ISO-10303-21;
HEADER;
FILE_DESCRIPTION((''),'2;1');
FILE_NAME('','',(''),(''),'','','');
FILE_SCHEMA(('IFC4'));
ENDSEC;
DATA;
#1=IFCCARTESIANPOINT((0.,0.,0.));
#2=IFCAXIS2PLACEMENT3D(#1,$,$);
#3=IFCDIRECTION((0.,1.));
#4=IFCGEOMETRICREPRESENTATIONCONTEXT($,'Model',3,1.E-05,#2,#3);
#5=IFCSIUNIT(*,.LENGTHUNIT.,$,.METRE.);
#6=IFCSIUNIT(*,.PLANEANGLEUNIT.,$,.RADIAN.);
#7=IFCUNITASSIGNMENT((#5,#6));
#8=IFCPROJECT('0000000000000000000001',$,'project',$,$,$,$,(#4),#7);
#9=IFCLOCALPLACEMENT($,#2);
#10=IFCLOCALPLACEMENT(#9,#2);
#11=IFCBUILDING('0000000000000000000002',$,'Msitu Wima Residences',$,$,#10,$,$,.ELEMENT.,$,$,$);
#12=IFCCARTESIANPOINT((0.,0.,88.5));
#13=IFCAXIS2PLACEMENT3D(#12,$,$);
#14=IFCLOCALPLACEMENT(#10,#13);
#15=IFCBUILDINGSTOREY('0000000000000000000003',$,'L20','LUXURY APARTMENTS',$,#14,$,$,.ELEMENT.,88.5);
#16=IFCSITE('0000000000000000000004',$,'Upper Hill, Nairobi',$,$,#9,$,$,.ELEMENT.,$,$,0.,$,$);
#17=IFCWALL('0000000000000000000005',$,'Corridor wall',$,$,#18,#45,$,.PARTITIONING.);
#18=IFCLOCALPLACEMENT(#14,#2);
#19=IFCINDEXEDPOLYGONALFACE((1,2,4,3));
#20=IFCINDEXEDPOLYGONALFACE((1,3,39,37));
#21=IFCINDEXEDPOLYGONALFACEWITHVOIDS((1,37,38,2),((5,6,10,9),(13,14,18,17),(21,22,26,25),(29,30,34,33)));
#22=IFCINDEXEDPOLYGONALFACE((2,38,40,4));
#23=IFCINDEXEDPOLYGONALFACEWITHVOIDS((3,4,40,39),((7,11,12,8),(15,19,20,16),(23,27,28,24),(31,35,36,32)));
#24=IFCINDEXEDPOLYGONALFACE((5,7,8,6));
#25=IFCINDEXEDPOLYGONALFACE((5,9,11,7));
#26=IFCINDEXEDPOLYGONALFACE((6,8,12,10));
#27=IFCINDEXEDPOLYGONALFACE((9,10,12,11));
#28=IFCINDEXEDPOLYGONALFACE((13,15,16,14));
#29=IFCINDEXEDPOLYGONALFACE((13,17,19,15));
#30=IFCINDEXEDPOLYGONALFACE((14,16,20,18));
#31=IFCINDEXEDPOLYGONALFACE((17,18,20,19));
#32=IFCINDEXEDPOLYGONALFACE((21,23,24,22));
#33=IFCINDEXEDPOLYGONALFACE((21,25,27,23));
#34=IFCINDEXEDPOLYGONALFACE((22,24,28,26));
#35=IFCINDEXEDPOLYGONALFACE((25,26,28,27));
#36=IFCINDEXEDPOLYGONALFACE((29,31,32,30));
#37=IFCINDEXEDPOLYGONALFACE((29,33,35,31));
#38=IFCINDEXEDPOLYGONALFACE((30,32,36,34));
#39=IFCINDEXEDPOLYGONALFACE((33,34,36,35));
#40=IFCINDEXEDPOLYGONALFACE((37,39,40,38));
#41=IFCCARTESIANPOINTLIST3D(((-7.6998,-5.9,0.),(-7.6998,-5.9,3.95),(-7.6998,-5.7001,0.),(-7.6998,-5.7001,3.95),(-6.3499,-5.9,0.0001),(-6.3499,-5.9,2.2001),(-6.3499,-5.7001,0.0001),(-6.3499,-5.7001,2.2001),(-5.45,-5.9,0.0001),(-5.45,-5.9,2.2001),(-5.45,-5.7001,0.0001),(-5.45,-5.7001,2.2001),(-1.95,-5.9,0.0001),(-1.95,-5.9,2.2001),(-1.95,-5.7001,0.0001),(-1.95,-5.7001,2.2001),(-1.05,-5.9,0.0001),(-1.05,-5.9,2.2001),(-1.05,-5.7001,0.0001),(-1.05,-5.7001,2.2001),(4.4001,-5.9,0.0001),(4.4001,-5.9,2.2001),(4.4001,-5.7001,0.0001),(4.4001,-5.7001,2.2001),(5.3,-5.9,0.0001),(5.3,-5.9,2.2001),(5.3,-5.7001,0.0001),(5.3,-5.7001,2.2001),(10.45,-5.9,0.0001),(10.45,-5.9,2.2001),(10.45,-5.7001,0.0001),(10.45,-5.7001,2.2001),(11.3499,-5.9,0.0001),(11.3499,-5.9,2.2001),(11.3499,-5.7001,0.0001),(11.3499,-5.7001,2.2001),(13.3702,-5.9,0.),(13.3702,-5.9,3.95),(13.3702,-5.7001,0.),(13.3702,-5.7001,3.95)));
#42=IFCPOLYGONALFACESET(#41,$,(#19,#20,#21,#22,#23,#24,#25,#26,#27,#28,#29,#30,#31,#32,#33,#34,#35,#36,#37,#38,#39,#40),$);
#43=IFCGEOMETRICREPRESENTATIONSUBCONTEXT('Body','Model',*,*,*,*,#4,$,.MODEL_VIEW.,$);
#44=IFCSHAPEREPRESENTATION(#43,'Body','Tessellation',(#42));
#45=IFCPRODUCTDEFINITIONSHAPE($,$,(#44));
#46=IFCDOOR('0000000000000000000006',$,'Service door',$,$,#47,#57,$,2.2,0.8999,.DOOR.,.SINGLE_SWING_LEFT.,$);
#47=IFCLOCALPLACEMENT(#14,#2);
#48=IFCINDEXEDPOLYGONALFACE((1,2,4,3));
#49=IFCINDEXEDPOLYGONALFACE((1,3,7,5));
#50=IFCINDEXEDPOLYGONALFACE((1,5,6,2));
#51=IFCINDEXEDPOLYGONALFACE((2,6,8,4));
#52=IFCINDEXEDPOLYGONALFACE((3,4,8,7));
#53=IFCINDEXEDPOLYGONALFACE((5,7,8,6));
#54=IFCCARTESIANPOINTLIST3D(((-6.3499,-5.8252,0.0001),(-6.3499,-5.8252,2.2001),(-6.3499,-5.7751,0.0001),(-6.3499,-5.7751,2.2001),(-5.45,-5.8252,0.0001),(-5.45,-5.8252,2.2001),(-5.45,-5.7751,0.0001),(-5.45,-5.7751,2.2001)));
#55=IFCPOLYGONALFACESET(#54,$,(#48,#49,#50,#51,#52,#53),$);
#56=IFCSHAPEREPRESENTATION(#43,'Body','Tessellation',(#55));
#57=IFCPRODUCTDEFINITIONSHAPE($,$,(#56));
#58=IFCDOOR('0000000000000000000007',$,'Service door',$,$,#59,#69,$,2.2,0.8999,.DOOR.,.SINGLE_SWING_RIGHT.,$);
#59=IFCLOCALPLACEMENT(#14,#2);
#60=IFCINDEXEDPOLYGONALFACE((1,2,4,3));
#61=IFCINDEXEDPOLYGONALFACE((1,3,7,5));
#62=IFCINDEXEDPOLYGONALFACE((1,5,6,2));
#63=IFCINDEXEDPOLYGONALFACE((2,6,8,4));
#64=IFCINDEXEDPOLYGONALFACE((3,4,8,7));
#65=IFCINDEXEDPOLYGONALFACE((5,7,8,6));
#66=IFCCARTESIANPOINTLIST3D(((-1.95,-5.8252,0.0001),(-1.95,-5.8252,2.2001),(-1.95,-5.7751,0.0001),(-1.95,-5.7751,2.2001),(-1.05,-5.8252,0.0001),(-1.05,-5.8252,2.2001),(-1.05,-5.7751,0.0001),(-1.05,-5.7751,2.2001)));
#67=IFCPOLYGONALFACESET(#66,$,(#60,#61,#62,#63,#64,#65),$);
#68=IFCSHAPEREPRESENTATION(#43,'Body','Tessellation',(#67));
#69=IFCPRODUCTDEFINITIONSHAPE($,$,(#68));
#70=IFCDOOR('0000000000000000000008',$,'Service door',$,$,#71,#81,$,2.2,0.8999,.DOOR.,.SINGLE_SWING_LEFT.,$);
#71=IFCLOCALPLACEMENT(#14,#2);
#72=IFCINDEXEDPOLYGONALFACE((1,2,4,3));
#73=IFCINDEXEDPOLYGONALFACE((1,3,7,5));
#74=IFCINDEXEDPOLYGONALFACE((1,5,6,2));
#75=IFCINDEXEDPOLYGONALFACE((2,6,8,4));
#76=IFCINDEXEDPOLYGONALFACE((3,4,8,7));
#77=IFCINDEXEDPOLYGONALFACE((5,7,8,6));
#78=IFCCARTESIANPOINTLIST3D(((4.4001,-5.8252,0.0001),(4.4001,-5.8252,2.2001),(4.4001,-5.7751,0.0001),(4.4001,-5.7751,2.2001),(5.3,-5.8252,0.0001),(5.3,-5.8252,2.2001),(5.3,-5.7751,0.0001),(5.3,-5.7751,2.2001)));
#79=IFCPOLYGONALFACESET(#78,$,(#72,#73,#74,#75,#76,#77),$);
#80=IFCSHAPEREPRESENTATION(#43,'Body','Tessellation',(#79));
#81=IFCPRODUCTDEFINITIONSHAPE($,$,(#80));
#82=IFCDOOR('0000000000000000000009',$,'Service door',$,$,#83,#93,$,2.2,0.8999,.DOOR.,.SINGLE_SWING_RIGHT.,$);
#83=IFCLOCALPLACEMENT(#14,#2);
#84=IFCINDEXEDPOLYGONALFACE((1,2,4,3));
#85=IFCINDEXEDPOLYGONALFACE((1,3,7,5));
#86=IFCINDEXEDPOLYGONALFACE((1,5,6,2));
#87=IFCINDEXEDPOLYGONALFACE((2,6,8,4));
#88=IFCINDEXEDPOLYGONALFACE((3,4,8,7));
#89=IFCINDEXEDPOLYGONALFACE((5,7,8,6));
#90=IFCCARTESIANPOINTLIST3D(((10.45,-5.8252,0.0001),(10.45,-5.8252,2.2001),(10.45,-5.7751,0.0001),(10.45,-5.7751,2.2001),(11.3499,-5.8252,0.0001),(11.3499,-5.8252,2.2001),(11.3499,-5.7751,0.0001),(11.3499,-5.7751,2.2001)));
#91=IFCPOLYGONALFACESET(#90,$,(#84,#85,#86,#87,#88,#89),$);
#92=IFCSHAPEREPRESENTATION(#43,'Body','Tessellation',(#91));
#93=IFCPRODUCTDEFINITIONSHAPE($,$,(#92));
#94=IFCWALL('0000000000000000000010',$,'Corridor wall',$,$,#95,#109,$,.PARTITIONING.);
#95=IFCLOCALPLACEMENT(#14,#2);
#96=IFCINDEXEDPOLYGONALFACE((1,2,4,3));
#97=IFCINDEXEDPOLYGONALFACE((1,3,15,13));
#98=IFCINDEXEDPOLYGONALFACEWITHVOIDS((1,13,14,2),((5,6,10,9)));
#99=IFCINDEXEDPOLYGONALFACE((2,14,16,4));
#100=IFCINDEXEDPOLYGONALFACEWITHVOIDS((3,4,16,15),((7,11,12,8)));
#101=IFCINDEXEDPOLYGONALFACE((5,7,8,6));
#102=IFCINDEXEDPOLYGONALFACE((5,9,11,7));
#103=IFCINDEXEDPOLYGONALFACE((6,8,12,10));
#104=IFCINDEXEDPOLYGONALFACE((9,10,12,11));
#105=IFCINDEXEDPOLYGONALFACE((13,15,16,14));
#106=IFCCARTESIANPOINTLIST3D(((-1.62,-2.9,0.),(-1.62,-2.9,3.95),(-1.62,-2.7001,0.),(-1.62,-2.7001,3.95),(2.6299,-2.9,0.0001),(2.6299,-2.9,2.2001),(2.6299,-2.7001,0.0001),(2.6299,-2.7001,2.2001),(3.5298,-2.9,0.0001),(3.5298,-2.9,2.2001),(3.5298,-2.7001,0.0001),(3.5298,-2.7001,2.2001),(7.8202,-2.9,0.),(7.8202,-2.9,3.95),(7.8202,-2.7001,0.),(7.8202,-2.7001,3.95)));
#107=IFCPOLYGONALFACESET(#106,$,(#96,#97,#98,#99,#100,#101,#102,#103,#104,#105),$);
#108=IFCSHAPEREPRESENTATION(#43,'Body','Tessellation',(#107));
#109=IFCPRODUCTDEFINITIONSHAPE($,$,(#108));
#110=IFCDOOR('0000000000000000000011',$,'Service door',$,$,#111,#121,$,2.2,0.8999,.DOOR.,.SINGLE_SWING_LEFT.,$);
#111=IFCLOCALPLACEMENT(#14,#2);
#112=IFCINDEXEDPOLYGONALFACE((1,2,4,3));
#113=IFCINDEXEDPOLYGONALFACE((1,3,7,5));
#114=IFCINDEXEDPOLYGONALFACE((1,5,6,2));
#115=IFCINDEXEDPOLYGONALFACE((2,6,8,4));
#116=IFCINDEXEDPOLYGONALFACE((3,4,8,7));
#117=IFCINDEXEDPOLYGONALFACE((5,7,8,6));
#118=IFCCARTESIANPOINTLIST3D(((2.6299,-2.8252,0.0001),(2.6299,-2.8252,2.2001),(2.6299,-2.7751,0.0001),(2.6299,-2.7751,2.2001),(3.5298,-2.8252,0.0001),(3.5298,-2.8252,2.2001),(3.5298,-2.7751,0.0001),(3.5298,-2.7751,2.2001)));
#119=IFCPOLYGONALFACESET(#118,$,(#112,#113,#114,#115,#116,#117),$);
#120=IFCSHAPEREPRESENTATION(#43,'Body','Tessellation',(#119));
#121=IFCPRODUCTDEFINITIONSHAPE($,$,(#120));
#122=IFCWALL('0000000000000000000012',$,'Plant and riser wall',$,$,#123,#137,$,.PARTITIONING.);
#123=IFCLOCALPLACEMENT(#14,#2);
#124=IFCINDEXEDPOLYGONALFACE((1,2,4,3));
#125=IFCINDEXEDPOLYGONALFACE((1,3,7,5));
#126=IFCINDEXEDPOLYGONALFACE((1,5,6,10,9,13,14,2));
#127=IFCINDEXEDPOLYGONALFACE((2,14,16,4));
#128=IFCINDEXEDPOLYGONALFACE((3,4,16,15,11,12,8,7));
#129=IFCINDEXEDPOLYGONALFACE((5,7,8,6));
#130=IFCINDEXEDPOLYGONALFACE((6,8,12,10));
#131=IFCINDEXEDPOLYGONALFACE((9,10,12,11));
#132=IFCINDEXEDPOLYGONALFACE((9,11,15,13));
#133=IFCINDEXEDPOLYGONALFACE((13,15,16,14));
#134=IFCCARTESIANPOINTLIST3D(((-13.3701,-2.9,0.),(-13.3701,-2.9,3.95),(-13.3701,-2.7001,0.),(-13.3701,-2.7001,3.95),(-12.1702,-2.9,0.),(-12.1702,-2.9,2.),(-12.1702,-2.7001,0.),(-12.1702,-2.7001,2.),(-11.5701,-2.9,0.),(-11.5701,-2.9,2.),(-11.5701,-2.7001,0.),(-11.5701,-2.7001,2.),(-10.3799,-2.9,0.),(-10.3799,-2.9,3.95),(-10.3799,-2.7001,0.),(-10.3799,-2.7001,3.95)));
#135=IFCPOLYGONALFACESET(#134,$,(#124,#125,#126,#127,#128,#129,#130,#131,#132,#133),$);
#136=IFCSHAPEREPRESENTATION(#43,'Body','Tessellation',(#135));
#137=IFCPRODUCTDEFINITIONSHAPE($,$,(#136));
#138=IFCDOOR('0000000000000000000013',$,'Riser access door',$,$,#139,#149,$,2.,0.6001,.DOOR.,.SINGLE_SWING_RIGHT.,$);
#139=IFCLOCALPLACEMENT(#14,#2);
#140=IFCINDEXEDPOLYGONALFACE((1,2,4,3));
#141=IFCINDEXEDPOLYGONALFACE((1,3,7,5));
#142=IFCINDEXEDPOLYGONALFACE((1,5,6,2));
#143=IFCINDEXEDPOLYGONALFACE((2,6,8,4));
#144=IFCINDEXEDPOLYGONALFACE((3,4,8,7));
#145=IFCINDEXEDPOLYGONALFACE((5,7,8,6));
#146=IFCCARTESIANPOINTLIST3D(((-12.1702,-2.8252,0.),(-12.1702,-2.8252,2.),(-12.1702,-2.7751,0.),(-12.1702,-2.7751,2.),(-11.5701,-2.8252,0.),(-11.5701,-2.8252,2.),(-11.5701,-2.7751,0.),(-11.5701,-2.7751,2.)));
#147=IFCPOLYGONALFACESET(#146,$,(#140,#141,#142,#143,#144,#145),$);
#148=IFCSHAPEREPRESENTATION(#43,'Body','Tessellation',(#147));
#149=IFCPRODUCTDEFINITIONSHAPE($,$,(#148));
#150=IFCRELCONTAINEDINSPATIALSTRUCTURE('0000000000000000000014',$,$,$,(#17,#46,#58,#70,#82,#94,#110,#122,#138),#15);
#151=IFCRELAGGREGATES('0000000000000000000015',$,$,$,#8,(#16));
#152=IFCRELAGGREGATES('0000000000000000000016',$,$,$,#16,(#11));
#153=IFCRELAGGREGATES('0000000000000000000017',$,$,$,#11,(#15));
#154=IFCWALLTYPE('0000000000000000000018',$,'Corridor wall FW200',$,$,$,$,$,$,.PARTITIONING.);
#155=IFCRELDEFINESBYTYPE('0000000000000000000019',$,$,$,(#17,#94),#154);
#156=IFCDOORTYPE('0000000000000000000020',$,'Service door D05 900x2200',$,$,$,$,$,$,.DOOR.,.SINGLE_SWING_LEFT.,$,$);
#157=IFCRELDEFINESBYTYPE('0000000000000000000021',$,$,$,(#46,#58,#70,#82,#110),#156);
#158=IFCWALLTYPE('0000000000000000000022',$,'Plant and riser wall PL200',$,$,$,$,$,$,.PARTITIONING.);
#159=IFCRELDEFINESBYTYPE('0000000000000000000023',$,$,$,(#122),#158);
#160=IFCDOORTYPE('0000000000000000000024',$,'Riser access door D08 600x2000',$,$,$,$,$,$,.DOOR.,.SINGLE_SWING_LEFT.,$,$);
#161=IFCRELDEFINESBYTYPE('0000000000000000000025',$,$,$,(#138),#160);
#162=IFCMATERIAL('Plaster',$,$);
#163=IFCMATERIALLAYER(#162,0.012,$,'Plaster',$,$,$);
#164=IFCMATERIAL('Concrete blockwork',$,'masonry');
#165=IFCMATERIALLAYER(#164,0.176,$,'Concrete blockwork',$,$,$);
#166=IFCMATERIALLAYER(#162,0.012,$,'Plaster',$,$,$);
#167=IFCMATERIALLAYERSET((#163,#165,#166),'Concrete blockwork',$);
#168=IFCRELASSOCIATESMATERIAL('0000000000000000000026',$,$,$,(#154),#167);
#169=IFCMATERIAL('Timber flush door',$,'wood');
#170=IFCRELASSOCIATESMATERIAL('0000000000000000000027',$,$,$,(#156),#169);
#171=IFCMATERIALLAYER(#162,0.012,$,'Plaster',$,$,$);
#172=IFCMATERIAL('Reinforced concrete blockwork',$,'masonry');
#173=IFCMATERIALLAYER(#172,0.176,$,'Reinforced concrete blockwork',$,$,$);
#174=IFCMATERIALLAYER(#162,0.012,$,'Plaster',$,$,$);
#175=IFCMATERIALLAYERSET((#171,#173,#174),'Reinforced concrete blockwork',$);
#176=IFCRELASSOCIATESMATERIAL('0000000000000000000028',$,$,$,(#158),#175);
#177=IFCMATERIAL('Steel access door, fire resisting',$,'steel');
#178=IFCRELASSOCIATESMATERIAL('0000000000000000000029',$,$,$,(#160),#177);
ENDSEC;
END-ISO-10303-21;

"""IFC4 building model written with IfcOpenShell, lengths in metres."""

from ifc_helpers import new_model, si_unit, direction, frame, frame_2d, origin, place, context, subcontext, project, spatial, rectangle, extrude, material, layer, layer_set, type_object, element, fill, save


model = new_model("IFC4")

# Units and contexts
model_context = context("Model", 3, precision=1e-05, world=origin(), true_north=direction((0.0, 1.0)))
body_context = subcontext(model_context, "Body", "Model", "MODEL_VIEW")
ifc_project = project(units=[si_unit("LENGTHUNIT", "METRE"), si_unit("PLANEANGLEUNIT", "RADIAN")], contexts=[model_context])

# Site, building, storey
site_placement = place(None, origin())
site = spatial("IfcSite", under=ifc_project, at=site_placement, Name="Upper Hill, Nairobi", CompositionType="ELEMENT", RefElevation=0.0)
building_placement = place(site_placement, origin())
building = spatial("IfcBuilding", under=site, at=building_placement, Name="Msitu Wima Residences", CompositionType="ELEMENT")
storey_placement = place(building_placement, frame((0.0, 0.0, 88.5)))
storey = spatial("IfcBuildingStorey", under=building, at=storey_placement, Name="L20", Description="LUXURY APARTMENTS", CompositionType="ELEMENT", Elevation=88.5)

# Shared definitions
ifc_material_1 = material(Name="Plaster")
ifc_layer_1 = layer(ifc_material_1, 0.012, Name="Plaster")
ifc_material_2 = material(Name="Concrete blockwork", Category="masonry")
ifc_layer_2 = layer(ifc_material_2, 0.176, Name="Concrete blockwork")
ifc_layer_3 = layer(ifc_material_1, 0.012, Name="Plaster")
ifc_layer_set_1 = layer_set([ifc_layer_1, ifc_layer_2, ifc_layer_3], Name="Concrete blockwork")
wall_type_1 = type_object("IfcWallType", Name="Corridor wall FW200", PredefinedType="PARTITIONING", material=ifc_layer_set_1)

# Wall, openings, doors
wall_1_placement = place(storey_placement, frame((-7.7, -5.8, 0.0), z_axis=(0.0, 0.0, 1.0), x_axis=(1.0, 0.0, 0.0)))
wall_1 = element("IfcWall", 1, at=wall_1_placement, inside=storey, type_object=wall_type_1, Name="Corridor wall", PredefinedType="PARTITIONING", context=body_context, shape_type="SweptSolid", body=[
    extrude(rectangle(XDim=21.0701, YDim=0.2, at=frame_2d((10.5352, 0.0))), origin(), (0.0, 0.0, 1.0), 3.95),
])
opening_1_placement = place(wall_1_placement, frame((1.3501, 0.0, 0.0)))
opening_1 = element("IfcOpeningElement", 2, at=opening_1_placement, cuts=wall_1, PredefinedType="OPENING", context=body_context, shape_type="SweptSolid", body=[
    extrude(rectangle(XDim=0.8999, YDim=2.2, at=frame_2d((0.45, 1.1001))), frame((0.0, 0.1099, 0.0), z_axis=(0.0, -1.0, 0.0), x_axis=(1.0, 0.0, 0.0)), (0.0, 0.0, 1.0), 0.22),
])
opening_2_placement = place(wall_1_placement, frame((5.75, 0.0, 0.0)))
opening_2 = element("IfcOpeningElement", 3, at=opening_2_placement, cuts=wall_1, PredefinedType="OPENING", context=body_context, shape_type="SweptSolid", body=[
    extrude(rectangle(XDim=0.8999, YDim=2.2, at=frame_2d((0.45, 1.1001))), frame((0.0, 0.1099, 0.0), z_axis=(0.0, -1.0, 0.0), x_axis=(1.0, 0.0, 0.0)), (0.0, 0.0, 1.0), 0.22),
])
opening_3_placement = place(wall_1_placement, frame((12.1001, 0.0, 0.0)))
opening_3 = element("IfcOpeningElement", 4, at=opening_3_placement, cuts=wall_1, PredefinedType="OPENING", context=body_context, shape_type="SweptSolid", body=[
    extrude(rectangle(XDim=0.8999, YDim=2.2, at=frame_2d((0.45, 1.1001))), frame((0.0, 0.1099, 0.0), z_axis=(0.0, -1.0, 0.0), x_axis=(1.0, 0.0, 0.0)), (0.0, 0.0, 1.0), 0.22),
])
opening_4_placement = place(wall_1_placement, frame((18.1499, 0.0, 0.0)))
opening_4 = element("IfcOpeningElement", 5, at=opening_4_placement, cuts=wall_1, PredefinedType="OPENING", context=body_context, shape_type="SweptSolid", body=[
    extrude(rectangle(XDim=0.8999, YDim=2.2, at=frame_2d((0.45, 1.1001))), frame((0.0, 0.1099, 0.0), z_axis=(0.0, -1.0, 0.0), x_axis=(1.0, 0.0, 0.0)), (0.0, 0.0, 1.0), 0.22),
])
ifc_material_3 = material(Name="Timber flush door", Category="wood")
door_type_1 = type_object("IfcDoorType", Name="Service door D05 900x2200", OperationType="SINGLE_SWING_LEFT", PredefinedType="DOOR", material=ifc_material_3)
door_1_placement = place(opening_1_placement, origin())
door_1 = element("IfcDoor", 6, at=door_1_placement, inside=storey, type_object=door_type_1, Name="Service door", OperationType="SINGLE_SWING_LEFT", OverallHeight=2.2, OverallWidth=0.8999, PredefinedType="DOOR", context=body_context, shape_type="SweptSolid", body=[
    extrude(rectangle(XDim=0.8999, YDim=2.2, at=frame_2d((0.45, 1.1001))), frame((0.0, 0.0249, 0.0), z_axis=(0.0, -1.0, 0.0), x_axis=(1.0, 0.0, 0.0)), (0.0, 0.0, 1.0), 0.05),
])
fill(opening_1, door_1)
door_2_placement = place(opening_2_placement, origin())
door_2 = element("IfcDoor", 7, at=door_2_placement, inside=storey, type_object=door_type_1, Name="Service door", OperationType="SINGLE_SWING_RIGHT", OverallHeight=2.2, OverallWidth=0.8999, PredefinedType="DOOR", context=body_context, shape_type="SweptSolid", body=[
    extrude(rectangle(XDim=0.8999, YDim=2.2, at=frame_2d((0.45, 1.1001))), frame((0.0, 0.0249, 0.0), z_axis=(0.0, -1.0, 0.0), x_axis=(1.0, 0.0, 0.0)), (0.0, 0.0, 1.0), 0.05),
])
fill(opening_2, door_2)
door_3_placement = place(opening_3_placement, origin())
door_3 = element("IfcDoor", 8, at=door_3_placement, inside=storey, type_object=door_type_1, Name="Service door", OperationType="SINGLE_SWING_LEFT", OverallHeight=2.2, OverallWidth=0.8999, PredefinedType="DOOR", context=body_context, shape_type="SweptSolid", body=[
    extrude(rectangle(XDim=0.8999, YDim=2.2, at=frame_2d((0.45, 1.1001))), frame((0.0, 0.0249, 0.0), z_axis=(0.0, -1.0, 0.0), x_axis=(1.0, 0.0, 0.0)), (0.0, 0.0, 1.0), 0.05),
])
fill(opening_3, door_3)
door_4_placement = place(opening_4_placement, origin())
door_4 = element("IfcDoor", 9, at=door_4_placement, inside=storey, type_object=door_type_1, Name="Service door", OperationType="SINGLE_SWING_RIGHT", OverallHeight=2.2, OverallWidth=0.8999, PredefinedType="DOOR", context=body_context, shape_type="SweptSolid", body=[
    extrude(rectangle(XDim=0.8999, YDim=2.2, at=frame_2d((0.45, 1.1001))), frame((0.0, 0.0249, 0.0), z_axis=(0.0, -1.0, 0.0), x_axis=(1.0, 0.0, 0.0)), (0.0, 0.0, 1.0), 0.05),
])
fill(opening_4, door_4)

# Walls, openings, doors
wall_2_placement = place(storey_placement, frame((-1.6201, -2.8, 0.0), z_axis=(0.0, 0.0, 1.0), x_axis=(1.0, 0.0, 0.0)))
wall_2 = element("IfcWall", 10, at=wall_2_placement, inside=storey, type_object=wall_type_1, Name="Corridor wall", PredefinedType="PARTITIONING", context=body_context, shape_type="SweptSolid", body=[
    extrude(rectangle(XDim=9.4402, YDim=0.2, at=frame_2d((4.7202, 0.0))), origin(), (0.0, 0.0, 1.0), 3.95),
])
opening_5_placement = place(wall_2_placement, frame((4.25, 0.0, 0.0)))
opening_5 = element("IfcOpeningElement", 11, at=opening_5_placement, cuts=wall_2, PredefinedType="OPENING", context=body_context, shape_type="SweptSolid", body=[
    extrude(rectangle(XDim=0.8999, YDim=2.2, at=frame_2d((0.45, 1.1001))), frame((0.0, 0.1099, 0.0), z_axis=(0.0, -1.0, 0.0), x_axis=(1.0, 0.0, 0.0)), (0.0, 0.0, 1.0), 0.22),
])
door_5_placement = place(opening_5_placement, origin())
door_5 = element("IfcDoor", 12, at=door_5_placement, inside=storey, type_object=door_type_1, Name="Service door", OperationType="SINGLE_SWING_LEFT", OverallHeight=2.2, OverallWidth=0.8999, PredefinedType="DOOR", context=body_context, shape_type="SweptSolid", body=[
    extrude(rectangle(XDim=0.8999, YDim=2.2, at=frame_2d((0.45, 1.1001))), frame((0.0, 0.0249, 0.0), z_axis=(0.0, -1.0, 0.0), x_axis=(1.0, 0.0, 0.0)), (0.0, 0.0, 1.0), 0.05),
])
fill(opening_5, door_5)
ifc_layer_4 = layer(ifc_material_1, 0.012, Name="Plaster")
ifc_material_4 = material(Name="Reinforced concrete blockwork", Category="masonry")
ifc_layer_5 = layer(ifc_material_4, 0.176, Name="Reinforced concrete blockwork")
ifc_layer_6 = layer(ifc_material_1, 0.012, Name="Plaster")
ifc_layer_set_2 = layer_set([ifc_layer_4, ifc_layer_5, ifc_layer_6], Name="Reinforced concrete blockwork")
wall_type_2 = type_object("IfcWallType", Name="Plant and riser wall PL200", PredefinedType="PARTITIONING", material=ifc_layer_set_2)
wall_3_placement = place(storey_placement, frame((-13.3701, -2.8, 0.0), z_axis=(0.0, 0.0, 1.0), x_axis=(1.0, 0.0, 0.0)))
wall_3 = element("IfcWall", 13, at=wall_3_placement, inside=storey, type_object=wall_type_2, Name="Plant and riser wall", PredefinedType="PARTITIONING", context=body_context, shape_type="SweptSolid", body=[
    extrude(rectangle(XDim=2.9902, YDim=0.2, at=frame_2d((1.4951, 0.0))), origin(), (0.0, 0.0, 1.0), 3.95),
])
opening_6_placement = place(wall_3_placement, frame((1.2, 0.0, 0.0)))
opening_6 = element("IfcOpeningElement", 14, at=opening_6_placement, cuts=wall_3, PredefinedType="OPENING", context=body_context, shape_type="SweptSolid", body=[
    extrude(rectangle(XDim=0.6001, YDim=2.0, at=frame_2d((0.3, 1.0))), frame((0.0, 0.1099, 0.0), z_axis=(0.0, -1.0, 0.0), x_axis=(1.0, 0.0, 0.0)), (0.0, 0.0, 1.0), 0.22),
])
ifc_material_5 = material(Name="Steel access door, fire resisting", Category="steel")
door_type_2 = type_object("IfcDoorType", Name="Riser access door D08 600x2000", OperationType="SINGLE_SWING_LEFT", PredefinedType="DOOR", material=ifc_material_5)
door_6_placement = place(opening_6_placement, origin())
door_6 = element("IfcDoor", 15, at=door_6_placement, inside=storey, type_object=door_type_2, Name="Riser access door", OperationType="SINGLE_SWING_RIGHT", OverallHeight=2.0, OverallWidth=0.6001, PredefinedType="DOOR", context=body_context, shape_type="SweptSolid", body=[
    extrude(rectangle(XDim=0.6001, YDim=2.0, at=frame_2d((0.3, 1.0))), frame((0.0, 0.0249, 0.0), z_axis=(0.0, -1.0, 0.0), x_axis=(1.0, 0.0, 0.0)), (0.0, 0.0, 1.0), 0.05),
])
fill(opening_6, door_6)

save(model, "model.ifc")
